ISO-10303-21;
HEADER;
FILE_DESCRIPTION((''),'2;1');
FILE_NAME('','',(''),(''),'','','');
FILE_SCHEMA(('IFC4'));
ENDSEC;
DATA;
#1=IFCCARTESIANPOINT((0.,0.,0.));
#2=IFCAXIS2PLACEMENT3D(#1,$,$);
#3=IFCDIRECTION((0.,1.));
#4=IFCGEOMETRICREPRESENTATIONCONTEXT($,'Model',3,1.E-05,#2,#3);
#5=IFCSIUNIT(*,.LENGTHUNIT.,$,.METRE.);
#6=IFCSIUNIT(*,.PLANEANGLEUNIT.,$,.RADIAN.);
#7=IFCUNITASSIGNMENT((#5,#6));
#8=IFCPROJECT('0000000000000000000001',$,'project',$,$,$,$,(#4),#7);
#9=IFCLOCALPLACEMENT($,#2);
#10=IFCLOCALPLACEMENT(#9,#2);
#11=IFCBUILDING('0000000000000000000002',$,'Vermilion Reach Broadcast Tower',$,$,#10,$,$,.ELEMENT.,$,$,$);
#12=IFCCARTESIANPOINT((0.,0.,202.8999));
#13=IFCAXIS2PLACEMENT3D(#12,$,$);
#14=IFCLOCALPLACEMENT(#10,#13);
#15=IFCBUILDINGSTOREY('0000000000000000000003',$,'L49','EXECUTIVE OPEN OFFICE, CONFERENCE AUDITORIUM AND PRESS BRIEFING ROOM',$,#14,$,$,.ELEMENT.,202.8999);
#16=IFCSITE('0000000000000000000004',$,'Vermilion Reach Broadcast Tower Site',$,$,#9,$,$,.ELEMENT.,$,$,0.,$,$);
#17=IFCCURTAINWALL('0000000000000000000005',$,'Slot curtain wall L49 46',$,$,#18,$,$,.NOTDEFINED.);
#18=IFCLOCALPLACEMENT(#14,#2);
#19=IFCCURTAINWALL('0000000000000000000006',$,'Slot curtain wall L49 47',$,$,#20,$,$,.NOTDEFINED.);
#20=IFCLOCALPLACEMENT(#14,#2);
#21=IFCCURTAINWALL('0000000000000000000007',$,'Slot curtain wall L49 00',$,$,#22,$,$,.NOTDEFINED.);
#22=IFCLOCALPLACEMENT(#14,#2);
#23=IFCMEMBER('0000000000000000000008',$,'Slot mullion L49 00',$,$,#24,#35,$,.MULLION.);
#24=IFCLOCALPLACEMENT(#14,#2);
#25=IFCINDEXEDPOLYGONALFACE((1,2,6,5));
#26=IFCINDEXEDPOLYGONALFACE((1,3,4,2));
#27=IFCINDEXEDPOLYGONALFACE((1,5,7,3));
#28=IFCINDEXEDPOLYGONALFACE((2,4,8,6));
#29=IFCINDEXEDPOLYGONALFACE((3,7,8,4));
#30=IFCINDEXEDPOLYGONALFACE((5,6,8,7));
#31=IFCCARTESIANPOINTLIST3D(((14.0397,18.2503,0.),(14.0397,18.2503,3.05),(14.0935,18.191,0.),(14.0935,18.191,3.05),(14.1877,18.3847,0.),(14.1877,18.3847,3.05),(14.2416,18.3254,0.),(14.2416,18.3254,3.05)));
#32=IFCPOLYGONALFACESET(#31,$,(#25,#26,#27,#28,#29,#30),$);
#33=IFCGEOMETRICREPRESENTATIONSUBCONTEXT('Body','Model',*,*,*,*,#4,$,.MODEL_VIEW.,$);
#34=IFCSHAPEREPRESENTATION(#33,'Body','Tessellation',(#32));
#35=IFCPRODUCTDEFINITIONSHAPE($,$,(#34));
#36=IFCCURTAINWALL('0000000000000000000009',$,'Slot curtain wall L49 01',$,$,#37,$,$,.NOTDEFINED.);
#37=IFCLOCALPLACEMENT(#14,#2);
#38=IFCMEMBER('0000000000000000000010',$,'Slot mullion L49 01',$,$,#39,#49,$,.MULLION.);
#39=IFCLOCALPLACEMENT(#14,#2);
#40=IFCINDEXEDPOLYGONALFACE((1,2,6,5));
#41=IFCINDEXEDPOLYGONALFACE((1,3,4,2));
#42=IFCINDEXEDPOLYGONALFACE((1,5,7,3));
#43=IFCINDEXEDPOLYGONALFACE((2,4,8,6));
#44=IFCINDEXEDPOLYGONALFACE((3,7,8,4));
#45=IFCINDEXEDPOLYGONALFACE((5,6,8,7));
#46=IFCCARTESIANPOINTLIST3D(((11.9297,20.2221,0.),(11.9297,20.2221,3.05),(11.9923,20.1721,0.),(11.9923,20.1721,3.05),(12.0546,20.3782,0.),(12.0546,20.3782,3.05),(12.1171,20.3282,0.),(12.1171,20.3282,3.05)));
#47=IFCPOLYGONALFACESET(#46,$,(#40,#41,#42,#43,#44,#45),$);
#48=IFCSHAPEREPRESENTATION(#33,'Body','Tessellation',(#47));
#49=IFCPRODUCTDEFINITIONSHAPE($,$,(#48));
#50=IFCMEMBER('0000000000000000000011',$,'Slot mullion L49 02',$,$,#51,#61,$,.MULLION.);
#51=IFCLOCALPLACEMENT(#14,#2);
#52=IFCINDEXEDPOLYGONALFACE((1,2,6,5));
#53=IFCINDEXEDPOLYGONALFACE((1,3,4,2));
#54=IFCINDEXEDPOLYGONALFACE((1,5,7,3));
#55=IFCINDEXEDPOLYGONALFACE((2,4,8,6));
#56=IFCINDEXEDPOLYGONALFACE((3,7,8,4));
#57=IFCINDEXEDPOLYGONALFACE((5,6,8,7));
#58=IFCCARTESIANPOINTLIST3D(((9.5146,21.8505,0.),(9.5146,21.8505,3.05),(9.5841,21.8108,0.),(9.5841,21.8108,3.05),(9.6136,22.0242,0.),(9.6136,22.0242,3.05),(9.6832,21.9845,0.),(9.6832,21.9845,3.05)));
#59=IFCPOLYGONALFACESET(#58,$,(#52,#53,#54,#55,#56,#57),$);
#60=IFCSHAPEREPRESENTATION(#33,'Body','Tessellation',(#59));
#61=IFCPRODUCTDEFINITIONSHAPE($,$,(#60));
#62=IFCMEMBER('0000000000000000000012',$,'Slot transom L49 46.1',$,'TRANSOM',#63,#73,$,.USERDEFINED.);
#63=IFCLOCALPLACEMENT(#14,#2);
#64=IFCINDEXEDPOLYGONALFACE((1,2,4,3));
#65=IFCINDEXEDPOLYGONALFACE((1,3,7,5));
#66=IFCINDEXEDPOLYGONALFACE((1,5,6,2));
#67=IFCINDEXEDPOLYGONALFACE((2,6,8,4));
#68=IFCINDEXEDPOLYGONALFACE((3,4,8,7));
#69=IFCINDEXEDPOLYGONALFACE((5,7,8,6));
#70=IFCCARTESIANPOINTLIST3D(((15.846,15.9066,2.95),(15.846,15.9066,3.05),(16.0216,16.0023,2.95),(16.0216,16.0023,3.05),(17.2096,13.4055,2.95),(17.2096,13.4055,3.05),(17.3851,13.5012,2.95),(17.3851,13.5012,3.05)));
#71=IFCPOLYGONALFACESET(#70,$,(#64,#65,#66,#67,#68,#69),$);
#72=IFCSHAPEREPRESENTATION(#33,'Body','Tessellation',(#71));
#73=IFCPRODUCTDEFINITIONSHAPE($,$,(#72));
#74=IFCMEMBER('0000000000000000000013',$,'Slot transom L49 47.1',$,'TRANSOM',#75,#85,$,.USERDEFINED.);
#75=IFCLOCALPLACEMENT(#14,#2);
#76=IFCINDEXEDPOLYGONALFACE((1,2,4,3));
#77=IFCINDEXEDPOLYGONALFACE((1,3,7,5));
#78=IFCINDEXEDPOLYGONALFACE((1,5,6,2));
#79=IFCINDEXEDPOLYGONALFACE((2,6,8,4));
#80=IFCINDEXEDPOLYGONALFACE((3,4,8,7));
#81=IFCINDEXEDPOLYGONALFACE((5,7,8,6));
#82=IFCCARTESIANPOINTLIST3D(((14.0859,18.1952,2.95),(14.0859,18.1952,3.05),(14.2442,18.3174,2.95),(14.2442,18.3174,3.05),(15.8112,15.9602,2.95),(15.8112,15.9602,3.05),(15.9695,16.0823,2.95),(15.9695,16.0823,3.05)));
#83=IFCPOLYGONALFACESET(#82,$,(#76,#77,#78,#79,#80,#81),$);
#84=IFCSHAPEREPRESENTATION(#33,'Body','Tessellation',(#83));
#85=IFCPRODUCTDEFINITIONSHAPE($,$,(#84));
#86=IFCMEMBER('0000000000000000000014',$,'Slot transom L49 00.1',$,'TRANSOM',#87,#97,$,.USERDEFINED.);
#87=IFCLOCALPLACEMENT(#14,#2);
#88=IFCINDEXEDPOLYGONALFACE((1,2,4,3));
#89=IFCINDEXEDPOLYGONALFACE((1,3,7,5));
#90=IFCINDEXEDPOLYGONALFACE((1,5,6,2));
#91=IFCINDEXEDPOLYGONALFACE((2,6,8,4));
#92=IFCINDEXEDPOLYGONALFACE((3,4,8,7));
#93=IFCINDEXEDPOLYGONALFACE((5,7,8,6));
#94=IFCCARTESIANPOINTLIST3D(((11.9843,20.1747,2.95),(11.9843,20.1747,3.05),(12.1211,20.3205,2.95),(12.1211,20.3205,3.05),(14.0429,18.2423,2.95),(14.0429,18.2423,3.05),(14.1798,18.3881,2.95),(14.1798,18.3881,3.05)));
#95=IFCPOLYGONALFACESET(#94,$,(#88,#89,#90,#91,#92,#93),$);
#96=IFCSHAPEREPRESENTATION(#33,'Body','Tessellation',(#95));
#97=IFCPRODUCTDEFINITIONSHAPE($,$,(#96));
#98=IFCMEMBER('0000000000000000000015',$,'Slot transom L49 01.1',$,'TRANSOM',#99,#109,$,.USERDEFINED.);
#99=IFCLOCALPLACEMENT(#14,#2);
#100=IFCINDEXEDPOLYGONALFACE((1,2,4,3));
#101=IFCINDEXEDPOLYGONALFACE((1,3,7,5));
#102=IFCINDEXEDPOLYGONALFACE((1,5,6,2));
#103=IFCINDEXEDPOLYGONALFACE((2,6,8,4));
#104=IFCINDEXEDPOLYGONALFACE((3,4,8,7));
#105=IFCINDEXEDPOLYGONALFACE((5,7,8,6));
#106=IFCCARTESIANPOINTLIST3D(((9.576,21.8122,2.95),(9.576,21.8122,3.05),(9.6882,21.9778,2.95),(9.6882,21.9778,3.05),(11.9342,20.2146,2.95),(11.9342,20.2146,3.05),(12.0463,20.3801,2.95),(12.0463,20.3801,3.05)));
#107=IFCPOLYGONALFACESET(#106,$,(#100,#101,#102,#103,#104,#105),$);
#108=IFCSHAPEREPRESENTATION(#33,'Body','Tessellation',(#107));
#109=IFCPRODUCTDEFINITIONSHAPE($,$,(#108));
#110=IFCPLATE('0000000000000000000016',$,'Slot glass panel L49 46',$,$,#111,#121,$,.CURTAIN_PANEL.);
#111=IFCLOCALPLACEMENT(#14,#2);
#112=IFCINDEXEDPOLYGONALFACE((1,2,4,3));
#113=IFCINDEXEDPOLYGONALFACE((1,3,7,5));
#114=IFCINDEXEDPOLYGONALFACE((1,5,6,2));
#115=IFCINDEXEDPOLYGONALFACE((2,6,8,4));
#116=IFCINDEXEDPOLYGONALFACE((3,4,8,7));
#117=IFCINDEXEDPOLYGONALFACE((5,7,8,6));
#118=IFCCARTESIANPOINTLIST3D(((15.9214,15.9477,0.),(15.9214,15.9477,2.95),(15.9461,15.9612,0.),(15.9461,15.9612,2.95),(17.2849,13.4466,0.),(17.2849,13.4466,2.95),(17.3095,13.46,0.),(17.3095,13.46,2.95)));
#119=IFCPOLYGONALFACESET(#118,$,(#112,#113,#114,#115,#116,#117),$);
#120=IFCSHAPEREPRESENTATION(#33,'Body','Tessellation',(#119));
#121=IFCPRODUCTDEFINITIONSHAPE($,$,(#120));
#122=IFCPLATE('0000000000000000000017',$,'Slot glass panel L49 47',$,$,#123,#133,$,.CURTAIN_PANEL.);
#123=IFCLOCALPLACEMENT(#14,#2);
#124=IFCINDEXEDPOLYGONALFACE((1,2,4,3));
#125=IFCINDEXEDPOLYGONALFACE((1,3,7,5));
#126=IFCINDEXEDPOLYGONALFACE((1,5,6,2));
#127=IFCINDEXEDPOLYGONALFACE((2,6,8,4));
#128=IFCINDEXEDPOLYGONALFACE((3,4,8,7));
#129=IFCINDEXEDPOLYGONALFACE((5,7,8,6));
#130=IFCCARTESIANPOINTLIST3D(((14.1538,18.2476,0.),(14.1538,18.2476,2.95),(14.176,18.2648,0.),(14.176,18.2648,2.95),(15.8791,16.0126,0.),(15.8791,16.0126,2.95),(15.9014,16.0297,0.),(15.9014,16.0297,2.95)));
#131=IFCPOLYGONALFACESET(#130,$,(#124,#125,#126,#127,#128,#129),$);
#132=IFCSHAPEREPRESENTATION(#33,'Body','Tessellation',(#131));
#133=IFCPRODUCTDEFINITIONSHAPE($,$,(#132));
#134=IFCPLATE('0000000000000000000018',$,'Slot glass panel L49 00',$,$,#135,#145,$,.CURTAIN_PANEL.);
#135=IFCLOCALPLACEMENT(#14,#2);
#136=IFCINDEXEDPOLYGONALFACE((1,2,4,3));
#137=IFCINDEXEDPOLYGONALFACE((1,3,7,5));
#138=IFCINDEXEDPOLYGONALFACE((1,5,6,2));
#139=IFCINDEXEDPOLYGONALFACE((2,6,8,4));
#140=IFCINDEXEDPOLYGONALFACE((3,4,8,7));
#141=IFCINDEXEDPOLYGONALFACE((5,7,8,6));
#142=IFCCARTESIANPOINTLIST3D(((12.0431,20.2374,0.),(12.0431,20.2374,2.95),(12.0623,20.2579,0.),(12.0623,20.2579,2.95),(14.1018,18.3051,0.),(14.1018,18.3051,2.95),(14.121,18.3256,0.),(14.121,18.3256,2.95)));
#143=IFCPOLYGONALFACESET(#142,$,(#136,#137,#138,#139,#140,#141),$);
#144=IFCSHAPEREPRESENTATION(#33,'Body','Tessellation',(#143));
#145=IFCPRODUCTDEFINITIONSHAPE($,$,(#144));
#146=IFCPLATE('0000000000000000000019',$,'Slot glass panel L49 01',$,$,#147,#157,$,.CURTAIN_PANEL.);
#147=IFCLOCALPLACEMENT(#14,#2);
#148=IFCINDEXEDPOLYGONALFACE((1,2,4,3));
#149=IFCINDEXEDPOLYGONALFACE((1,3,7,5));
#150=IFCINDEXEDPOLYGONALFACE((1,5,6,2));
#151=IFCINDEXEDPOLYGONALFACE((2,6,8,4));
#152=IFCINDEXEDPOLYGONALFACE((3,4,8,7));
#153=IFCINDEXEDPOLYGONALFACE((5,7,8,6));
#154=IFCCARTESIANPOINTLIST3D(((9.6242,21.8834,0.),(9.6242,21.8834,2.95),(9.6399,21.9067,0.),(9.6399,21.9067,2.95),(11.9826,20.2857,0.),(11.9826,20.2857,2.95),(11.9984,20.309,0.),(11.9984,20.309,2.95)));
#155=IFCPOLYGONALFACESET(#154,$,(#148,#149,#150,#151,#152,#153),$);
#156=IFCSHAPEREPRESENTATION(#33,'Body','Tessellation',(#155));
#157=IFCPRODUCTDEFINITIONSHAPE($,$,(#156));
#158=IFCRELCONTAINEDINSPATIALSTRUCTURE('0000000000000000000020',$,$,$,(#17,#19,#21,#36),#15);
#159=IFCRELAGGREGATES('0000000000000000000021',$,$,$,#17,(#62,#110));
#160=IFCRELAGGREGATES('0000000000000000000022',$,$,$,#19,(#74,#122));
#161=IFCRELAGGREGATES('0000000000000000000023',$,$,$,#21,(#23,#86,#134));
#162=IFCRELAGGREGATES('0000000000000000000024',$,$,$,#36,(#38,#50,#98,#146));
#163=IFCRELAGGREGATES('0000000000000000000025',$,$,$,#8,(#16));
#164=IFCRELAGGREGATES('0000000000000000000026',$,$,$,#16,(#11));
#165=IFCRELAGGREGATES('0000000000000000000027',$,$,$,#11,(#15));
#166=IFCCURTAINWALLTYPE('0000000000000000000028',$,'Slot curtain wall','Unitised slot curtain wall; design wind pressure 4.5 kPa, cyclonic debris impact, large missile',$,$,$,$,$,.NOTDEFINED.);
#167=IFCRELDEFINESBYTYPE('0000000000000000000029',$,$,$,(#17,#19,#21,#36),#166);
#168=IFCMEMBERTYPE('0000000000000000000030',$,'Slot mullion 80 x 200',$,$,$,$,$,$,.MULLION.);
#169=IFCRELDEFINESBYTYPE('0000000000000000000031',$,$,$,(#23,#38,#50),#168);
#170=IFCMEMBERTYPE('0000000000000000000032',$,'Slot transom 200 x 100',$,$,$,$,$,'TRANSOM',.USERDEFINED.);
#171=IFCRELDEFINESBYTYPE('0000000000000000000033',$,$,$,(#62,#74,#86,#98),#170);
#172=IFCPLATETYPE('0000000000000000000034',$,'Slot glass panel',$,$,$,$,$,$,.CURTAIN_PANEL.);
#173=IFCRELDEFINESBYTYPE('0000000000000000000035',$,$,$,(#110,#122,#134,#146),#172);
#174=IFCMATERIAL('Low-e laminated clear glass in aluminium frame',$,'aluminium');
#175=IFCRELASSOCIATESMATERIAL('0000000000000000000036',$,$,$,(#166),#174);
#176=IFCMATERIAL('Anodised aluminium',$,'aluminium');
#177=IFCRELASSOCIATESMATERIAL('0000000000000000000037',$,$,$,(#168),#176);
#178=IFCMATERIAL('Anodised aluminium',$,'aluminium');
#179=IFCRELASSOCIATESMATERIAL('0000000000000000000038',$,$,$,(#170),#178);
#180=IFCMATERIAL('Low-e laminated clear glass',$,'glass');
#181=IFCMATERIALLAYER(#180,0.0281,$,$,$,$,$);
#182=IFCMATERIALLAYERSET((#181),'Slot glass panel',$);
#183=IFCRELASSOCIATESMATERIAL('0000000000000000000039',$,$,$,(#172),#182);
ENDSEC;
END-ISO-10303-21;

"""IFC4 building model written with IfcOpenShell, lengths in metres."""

from ifc_helpers import new_model, si_unit, direction, frame, origin, origin_2d, place, context, subcontext, project, spatial, rectangle, extrude, material, layer, layer_set, material_profile, profile_set, type_object, element, aggregate, save


model = new_model("IFC4")

# Units and contexts
model_context = context("Model", 3, precision=1e-05, world=origin(), true_north=direction((0.0, 1.0)))
body_context = subcontext(model_context, "Body", "Model", "MODEL_VIEW")
ifc_project = project(units=[si_unit("LENGTHUNIT", "METRE"), si_unit("PLANEANGLEUNIT", "RADIAN")], contexts=[model_context])

# Site, building, storey
site_placement = place(None, origin())
site = spatial("IfcSite", under=ifc_project, at=site_placement, Name="Vermilion Reach Broadcast Tower Site", CompositionType="ELEMENT", RefElevation=0.0)
building_placement = place(site_placement, origin())
building = spatial("IfcBuilding", under=site, at=building_placement, Name="Vermilion Reach Broadcast Tower", CompositionType="ELEMENT")
storey_placement = place(building_placement, frame((0.0, 0.0, 202.8999)))
storey = spatial("IfcBuildingStorey", under=building, at=storey_placement, Name="L49", Description="EXECUTIVE OPEN OFFICE, CONFERENCE AUDITORIUM AND PRESS BRIEFING ROOM", CompositionType="ELEMENT", Elevation=202.8999)

# Curtain walls, member
ifc_material_1 = material(Name="Low-e laminated clear glass in aluminium frame", Category="aluminium")
curtain_wall_type = type_object("IfcCurtainWallType", Name="Slot curtain wall", Description="Unitised slot curtain wall; design wind pressure 4.5 kPa, cyclonic debris impact, large missile", PredefinedType="NOTDEFINED", material=ifc_material_1)
placement = place(storey_placement, origin())
curtain_wall_1 = element("IfcCurtainWall", 1, at=placement, inside=storey, type_object=curtain_wall_type, Name="Slot curtain wall L49 46", PredefinedType="NOTDEFINED")
ifc_material_2 = material(Name="Anodised aluminium", Category="aluminium")
ifc_material_profile_1 = material_profile(ifc_material_2, rectangle(XDim=0.2, YDim=0.0801, at=origin_2d()), Name="Slot mullion 80 x 200")
ifc_profile_set_1 = profile_set([ifc_material_profile_1], Name="Anodised aluminium")
member_type_1 = type_object("IfcMemberType", Name="Slot mullion 80 x 200", PredefinedType="MULLION", material=ifc_profile_set_1)
curtain_wall_2 = element("IfcCurtainWall", 2, at=placement, inside=storey, type_object=curtain_wall_type, Name="Slot curtain wall L49 47", PredefinedType="NOTDEFINED")
curtain_wall_3 = element("IfcCurtainWall", 3, at=placement, inside=storey, type_object=curtain_wall_type, Name="Slot curtain wall L49 00", PredefinedType="NOTDEFINED")
member_1_placement = place(storey_placement, frame((14.1406, 18.2878, 0.0), z_axis=(0.0, 0.0, 1.0), x_axis=(-0.740335, -0.672238, 0.0)))
member_1 = element("IfcMember", 4, at=member_1_placement, type_object=member_type_1, Name="Slot mullion L49 00", PredefinedType="MULLION", context=body_context, shape_type="SweptSolid", body=[
    extrude(rectangle(XDim=0.2, YDim=0.0801, at=origin_2d()), origin(), (0.0, 0.0, 1.0), 3.05),
])

# Curtain wall, members
curtain_wall_4 = element("IfcCurtainWall", 5, at=placement, inside=storey, type_object=curtain_wall_type, Name="Slot curtain wall L49 01", PredefinedType="NOTDEFINED")
member_2_placement = place(storey_placement, frame((12.0234, 20.2751, 0.0), z_axis=(0.0, 0.0, 1.0), x_axis=(-0.624576, -0.780964, 0.0)))
member_2 = element("IfcMember", 6, at=member_2_placement, type_object=member_type_1, Name="Slot mullion L49 01", PredefinedType="MULLION", context=body_context, shape_type="SweptSolid", body=[
    extrude(rectangle(XDim=0.2, YDim=0.0801, at=origin_2d()), origin(), (0.0, 0.0, 1.0), 3.05),
])
member_3_placement = place(storey_placement, frame((9.5989, 21.9175, 0.0), z_axis=(0.0, 0.0, 1.0), x_axis=(-0.495255, -0.868748, 0.0)))
member_3 = element("IfcMember", 7, at=member_3_placement, type_object=member_type_1, Name="Slot mullion L49 02", PredefinedType="MULLION", context=body_context, shape_type="SweptSolid", body=[
    extrude(rectangle(XDim=0.2, YDim=0.0801, at=origin_2d()), origin(), (0.0, 0.0, 1.0), 3.05),
])

# Members
ifc_material_3 = material(Name="Anodised aluminium", Category="aluminium")
ifc_material_profile_2 = material_profile(ifc_material_3, rectangle(XDim=0.2, YDim=0.1001, at=origin_2d()), Name="Slot transom 200 x 100")
ifc_profile_set_2 = profile_set([ifc_material_profile_2], Name="Anodised aluminium")
member_type_2 = type_object("IfcMemberType", Name="Slot transom 200 x 100", ElementType="TRANSOM", PredefinedType="USERDEFINED", material=ifc_profile_set_2)
member_4_placement = place(storey_placement, frame((17.2974, 13.4534, 3.0), z_axis=(-0.478678, 0.877991, 0.0), x_axis=(-0.877991, -0.478678, 0.0)))
member_4 = element("IfcMember", 8, at=member_4_placement, type_object=member_type_2, Name="Slot transom L49 46.1", ObjectType="TRANSOM", PredefinedType="USERDEFINED", context=body_context, shape_type="SweptSolid", body=[
    extrude(rectangle(XDim=0.2, YDim=0.1001, at=origin_2d()), origin(), (0.0, 0.0, 1.0), 2.8486),
])
member_5_placement = place(storey_placement, frame((15.8904, 16.0212, 3.0), z_axis=(-0.611051, 0.791591, 0.0), x_axis=(-0.791591, -0.611051, 0.0)))
member_5 = element("IfcMember", 9, at=member_5_placement, type_object=member_type_2, Name="Slot transom L49 47.1", ObjectType="TRANSOM", PredefinedType="USERDEFINED", context=body_context, shape_type="SweptSolid", body=[
    extrude(rectangle(XDim=0.2, YDim=0.1001, at=origin_2d()), origin(), (0.0, 0.0, 1.0), 2.8235),
])
member_6_placement = place(storey_placement, frame((14.1113, 18.3152, 3.0), z_axis=(-0.729106, 0.684401, 0.0), x_axis=(-0.684401, -0.729106, 0.0)))
member_6 = element("IfcMember", 10, at=member_6_placement, type_object=member_type_2, Name="Slot transom L49 00.1", ObjectType="TRANSOM", PredefinedType="USERDEFINED", context=body_context, shape_type="SweptSolid", body=[
    extrude(rectangle(XDim=0.2, YDim=0.1001, at=origin_2d()), origin(), (0.0, 0.0, 1.0), 2.8235),
])
member_7_placement = place(storey_placement, frame((11.9902, 20.2974, 3.0), z_axis=(-0.827887, 0.560896, 0.0), x_axis=(-0.560896, -0.827887, 0.0)))
member_7 = element("IfcMember", 11, at=member_7_placement, type_object=member_type_2, Name="Slot transom L49 01.1", ObjectType="TRANSOM", PredefinedType="USERDEFINED", context=body_context, shape_type="SweptSolid", body=[
    extrude(rectangle(XDim=0.2, YDim=0.1001, at=origin_2d()), origin(), (0.0, 0.0, 1.0), 2.8484),
])

# Plates
ifc_material_4 = material(Name="Low-e laminated clear glass", Category="glass")
ifc_layer = layer(ifc_material_4, 0.0281)
ifc_layer_set = layer_set([ifc_layer], Name="Slot glass panel")
plate_type = type_object("IfcPlateType", Name="Slot glass panel", PredefinedType="CURTAIN_PANEL", material=ifc_layer_set)
plate_1_placement = place(storey_placement, frame((16.6155, 14.7039, 0.0), z_axis=(0.0, 0.0, 1.0), x_axis=(-0.478622, 0.878021, 0.0)))
plate_1 = element("IfcPlate", 12, at=plate_1_placement, type_object=plate_type, Name="Slot glass panel L49 46", PredefinedType="CURTAIN_PANEL", context=body_context, shape_type="SweptSolid", body=[
    extrude(rectangle(XDim=2.8486, YDim=0.0281, at=origin_2d()), origin(), (0.0, 0.0, 1.0), 2.95),
])
aggregate(curtain_wall_1, [member_4, plate_1])
plate_2_placement = place(storey_placement, frame((15.0276, 17.1387, 0.0), z_axis=(0.0, 0.0, 1.0), x_axis=(-0.611068, 0.791578, 0.0)))
plate_2 = element("IfcPlate", 13, at=plate_2_placement, type_object=plate_type, Name="Slot glass panel L49 47", PredefinedType="CURTAIN_PANEL", context=body_context, shape_type="SweptSolid", body=[
    extrude(rectangle(XDim=2.8235, YDim=0.0281, at=origin_2d()), origin(), (0.0, 0.0, 1.0), 2.95),
])
aggregate(curtain_wall_2, [member_5, plate_2])
plate_3_placement = place(storey_placement, frame((13.082, 19.2815, 0.0), z_axis=(0.0, 0.0, 1.0), x_axis=(-0.729127, 0.684379, 0.0)))
plate_3 = element("IfcPlate", 14, at=plate_3_placement, type_object=plate_type, Name="Slot glass panel L49 00", PredefinedType="CURTAIN_PANEL", context=body_context, shape_type="SweptSolid", body=[
    extrude(rectangle(XDim=2.8235, YDim=0.0281, at=origin_2d()), origin(), (0.0, 0.0, 1.0), 2.95),
])
aggregate(curtain_wall_3, [member_1, member_6, plate_3])
plate_4_placement = place(storey_placement, frame((10.8113, 21.0962, 0.0), z_axis=(0.0, 0.0, 1.0), x_axis=(-0.827909, 0.560862, 0.0)))
plate_4 = element("IfcPlate", 15, at=plate_4_placement, type_object=plate_type, Name="Slot glass panel L49 01", PredefinedType="CURTAIN_PANEL", context=body_context, shape_type="SweptSolid", body=[
    extrude(rectangle(XDim=2.8486, YDim=0.0281, at=origin_2d()), origin(), (0.0, 0.0, 1.0), 2.95),
])
aggregate(curtain_wall_4, [member_2, member_3, member_7, plate_4])

save(model, "model.ifc")
